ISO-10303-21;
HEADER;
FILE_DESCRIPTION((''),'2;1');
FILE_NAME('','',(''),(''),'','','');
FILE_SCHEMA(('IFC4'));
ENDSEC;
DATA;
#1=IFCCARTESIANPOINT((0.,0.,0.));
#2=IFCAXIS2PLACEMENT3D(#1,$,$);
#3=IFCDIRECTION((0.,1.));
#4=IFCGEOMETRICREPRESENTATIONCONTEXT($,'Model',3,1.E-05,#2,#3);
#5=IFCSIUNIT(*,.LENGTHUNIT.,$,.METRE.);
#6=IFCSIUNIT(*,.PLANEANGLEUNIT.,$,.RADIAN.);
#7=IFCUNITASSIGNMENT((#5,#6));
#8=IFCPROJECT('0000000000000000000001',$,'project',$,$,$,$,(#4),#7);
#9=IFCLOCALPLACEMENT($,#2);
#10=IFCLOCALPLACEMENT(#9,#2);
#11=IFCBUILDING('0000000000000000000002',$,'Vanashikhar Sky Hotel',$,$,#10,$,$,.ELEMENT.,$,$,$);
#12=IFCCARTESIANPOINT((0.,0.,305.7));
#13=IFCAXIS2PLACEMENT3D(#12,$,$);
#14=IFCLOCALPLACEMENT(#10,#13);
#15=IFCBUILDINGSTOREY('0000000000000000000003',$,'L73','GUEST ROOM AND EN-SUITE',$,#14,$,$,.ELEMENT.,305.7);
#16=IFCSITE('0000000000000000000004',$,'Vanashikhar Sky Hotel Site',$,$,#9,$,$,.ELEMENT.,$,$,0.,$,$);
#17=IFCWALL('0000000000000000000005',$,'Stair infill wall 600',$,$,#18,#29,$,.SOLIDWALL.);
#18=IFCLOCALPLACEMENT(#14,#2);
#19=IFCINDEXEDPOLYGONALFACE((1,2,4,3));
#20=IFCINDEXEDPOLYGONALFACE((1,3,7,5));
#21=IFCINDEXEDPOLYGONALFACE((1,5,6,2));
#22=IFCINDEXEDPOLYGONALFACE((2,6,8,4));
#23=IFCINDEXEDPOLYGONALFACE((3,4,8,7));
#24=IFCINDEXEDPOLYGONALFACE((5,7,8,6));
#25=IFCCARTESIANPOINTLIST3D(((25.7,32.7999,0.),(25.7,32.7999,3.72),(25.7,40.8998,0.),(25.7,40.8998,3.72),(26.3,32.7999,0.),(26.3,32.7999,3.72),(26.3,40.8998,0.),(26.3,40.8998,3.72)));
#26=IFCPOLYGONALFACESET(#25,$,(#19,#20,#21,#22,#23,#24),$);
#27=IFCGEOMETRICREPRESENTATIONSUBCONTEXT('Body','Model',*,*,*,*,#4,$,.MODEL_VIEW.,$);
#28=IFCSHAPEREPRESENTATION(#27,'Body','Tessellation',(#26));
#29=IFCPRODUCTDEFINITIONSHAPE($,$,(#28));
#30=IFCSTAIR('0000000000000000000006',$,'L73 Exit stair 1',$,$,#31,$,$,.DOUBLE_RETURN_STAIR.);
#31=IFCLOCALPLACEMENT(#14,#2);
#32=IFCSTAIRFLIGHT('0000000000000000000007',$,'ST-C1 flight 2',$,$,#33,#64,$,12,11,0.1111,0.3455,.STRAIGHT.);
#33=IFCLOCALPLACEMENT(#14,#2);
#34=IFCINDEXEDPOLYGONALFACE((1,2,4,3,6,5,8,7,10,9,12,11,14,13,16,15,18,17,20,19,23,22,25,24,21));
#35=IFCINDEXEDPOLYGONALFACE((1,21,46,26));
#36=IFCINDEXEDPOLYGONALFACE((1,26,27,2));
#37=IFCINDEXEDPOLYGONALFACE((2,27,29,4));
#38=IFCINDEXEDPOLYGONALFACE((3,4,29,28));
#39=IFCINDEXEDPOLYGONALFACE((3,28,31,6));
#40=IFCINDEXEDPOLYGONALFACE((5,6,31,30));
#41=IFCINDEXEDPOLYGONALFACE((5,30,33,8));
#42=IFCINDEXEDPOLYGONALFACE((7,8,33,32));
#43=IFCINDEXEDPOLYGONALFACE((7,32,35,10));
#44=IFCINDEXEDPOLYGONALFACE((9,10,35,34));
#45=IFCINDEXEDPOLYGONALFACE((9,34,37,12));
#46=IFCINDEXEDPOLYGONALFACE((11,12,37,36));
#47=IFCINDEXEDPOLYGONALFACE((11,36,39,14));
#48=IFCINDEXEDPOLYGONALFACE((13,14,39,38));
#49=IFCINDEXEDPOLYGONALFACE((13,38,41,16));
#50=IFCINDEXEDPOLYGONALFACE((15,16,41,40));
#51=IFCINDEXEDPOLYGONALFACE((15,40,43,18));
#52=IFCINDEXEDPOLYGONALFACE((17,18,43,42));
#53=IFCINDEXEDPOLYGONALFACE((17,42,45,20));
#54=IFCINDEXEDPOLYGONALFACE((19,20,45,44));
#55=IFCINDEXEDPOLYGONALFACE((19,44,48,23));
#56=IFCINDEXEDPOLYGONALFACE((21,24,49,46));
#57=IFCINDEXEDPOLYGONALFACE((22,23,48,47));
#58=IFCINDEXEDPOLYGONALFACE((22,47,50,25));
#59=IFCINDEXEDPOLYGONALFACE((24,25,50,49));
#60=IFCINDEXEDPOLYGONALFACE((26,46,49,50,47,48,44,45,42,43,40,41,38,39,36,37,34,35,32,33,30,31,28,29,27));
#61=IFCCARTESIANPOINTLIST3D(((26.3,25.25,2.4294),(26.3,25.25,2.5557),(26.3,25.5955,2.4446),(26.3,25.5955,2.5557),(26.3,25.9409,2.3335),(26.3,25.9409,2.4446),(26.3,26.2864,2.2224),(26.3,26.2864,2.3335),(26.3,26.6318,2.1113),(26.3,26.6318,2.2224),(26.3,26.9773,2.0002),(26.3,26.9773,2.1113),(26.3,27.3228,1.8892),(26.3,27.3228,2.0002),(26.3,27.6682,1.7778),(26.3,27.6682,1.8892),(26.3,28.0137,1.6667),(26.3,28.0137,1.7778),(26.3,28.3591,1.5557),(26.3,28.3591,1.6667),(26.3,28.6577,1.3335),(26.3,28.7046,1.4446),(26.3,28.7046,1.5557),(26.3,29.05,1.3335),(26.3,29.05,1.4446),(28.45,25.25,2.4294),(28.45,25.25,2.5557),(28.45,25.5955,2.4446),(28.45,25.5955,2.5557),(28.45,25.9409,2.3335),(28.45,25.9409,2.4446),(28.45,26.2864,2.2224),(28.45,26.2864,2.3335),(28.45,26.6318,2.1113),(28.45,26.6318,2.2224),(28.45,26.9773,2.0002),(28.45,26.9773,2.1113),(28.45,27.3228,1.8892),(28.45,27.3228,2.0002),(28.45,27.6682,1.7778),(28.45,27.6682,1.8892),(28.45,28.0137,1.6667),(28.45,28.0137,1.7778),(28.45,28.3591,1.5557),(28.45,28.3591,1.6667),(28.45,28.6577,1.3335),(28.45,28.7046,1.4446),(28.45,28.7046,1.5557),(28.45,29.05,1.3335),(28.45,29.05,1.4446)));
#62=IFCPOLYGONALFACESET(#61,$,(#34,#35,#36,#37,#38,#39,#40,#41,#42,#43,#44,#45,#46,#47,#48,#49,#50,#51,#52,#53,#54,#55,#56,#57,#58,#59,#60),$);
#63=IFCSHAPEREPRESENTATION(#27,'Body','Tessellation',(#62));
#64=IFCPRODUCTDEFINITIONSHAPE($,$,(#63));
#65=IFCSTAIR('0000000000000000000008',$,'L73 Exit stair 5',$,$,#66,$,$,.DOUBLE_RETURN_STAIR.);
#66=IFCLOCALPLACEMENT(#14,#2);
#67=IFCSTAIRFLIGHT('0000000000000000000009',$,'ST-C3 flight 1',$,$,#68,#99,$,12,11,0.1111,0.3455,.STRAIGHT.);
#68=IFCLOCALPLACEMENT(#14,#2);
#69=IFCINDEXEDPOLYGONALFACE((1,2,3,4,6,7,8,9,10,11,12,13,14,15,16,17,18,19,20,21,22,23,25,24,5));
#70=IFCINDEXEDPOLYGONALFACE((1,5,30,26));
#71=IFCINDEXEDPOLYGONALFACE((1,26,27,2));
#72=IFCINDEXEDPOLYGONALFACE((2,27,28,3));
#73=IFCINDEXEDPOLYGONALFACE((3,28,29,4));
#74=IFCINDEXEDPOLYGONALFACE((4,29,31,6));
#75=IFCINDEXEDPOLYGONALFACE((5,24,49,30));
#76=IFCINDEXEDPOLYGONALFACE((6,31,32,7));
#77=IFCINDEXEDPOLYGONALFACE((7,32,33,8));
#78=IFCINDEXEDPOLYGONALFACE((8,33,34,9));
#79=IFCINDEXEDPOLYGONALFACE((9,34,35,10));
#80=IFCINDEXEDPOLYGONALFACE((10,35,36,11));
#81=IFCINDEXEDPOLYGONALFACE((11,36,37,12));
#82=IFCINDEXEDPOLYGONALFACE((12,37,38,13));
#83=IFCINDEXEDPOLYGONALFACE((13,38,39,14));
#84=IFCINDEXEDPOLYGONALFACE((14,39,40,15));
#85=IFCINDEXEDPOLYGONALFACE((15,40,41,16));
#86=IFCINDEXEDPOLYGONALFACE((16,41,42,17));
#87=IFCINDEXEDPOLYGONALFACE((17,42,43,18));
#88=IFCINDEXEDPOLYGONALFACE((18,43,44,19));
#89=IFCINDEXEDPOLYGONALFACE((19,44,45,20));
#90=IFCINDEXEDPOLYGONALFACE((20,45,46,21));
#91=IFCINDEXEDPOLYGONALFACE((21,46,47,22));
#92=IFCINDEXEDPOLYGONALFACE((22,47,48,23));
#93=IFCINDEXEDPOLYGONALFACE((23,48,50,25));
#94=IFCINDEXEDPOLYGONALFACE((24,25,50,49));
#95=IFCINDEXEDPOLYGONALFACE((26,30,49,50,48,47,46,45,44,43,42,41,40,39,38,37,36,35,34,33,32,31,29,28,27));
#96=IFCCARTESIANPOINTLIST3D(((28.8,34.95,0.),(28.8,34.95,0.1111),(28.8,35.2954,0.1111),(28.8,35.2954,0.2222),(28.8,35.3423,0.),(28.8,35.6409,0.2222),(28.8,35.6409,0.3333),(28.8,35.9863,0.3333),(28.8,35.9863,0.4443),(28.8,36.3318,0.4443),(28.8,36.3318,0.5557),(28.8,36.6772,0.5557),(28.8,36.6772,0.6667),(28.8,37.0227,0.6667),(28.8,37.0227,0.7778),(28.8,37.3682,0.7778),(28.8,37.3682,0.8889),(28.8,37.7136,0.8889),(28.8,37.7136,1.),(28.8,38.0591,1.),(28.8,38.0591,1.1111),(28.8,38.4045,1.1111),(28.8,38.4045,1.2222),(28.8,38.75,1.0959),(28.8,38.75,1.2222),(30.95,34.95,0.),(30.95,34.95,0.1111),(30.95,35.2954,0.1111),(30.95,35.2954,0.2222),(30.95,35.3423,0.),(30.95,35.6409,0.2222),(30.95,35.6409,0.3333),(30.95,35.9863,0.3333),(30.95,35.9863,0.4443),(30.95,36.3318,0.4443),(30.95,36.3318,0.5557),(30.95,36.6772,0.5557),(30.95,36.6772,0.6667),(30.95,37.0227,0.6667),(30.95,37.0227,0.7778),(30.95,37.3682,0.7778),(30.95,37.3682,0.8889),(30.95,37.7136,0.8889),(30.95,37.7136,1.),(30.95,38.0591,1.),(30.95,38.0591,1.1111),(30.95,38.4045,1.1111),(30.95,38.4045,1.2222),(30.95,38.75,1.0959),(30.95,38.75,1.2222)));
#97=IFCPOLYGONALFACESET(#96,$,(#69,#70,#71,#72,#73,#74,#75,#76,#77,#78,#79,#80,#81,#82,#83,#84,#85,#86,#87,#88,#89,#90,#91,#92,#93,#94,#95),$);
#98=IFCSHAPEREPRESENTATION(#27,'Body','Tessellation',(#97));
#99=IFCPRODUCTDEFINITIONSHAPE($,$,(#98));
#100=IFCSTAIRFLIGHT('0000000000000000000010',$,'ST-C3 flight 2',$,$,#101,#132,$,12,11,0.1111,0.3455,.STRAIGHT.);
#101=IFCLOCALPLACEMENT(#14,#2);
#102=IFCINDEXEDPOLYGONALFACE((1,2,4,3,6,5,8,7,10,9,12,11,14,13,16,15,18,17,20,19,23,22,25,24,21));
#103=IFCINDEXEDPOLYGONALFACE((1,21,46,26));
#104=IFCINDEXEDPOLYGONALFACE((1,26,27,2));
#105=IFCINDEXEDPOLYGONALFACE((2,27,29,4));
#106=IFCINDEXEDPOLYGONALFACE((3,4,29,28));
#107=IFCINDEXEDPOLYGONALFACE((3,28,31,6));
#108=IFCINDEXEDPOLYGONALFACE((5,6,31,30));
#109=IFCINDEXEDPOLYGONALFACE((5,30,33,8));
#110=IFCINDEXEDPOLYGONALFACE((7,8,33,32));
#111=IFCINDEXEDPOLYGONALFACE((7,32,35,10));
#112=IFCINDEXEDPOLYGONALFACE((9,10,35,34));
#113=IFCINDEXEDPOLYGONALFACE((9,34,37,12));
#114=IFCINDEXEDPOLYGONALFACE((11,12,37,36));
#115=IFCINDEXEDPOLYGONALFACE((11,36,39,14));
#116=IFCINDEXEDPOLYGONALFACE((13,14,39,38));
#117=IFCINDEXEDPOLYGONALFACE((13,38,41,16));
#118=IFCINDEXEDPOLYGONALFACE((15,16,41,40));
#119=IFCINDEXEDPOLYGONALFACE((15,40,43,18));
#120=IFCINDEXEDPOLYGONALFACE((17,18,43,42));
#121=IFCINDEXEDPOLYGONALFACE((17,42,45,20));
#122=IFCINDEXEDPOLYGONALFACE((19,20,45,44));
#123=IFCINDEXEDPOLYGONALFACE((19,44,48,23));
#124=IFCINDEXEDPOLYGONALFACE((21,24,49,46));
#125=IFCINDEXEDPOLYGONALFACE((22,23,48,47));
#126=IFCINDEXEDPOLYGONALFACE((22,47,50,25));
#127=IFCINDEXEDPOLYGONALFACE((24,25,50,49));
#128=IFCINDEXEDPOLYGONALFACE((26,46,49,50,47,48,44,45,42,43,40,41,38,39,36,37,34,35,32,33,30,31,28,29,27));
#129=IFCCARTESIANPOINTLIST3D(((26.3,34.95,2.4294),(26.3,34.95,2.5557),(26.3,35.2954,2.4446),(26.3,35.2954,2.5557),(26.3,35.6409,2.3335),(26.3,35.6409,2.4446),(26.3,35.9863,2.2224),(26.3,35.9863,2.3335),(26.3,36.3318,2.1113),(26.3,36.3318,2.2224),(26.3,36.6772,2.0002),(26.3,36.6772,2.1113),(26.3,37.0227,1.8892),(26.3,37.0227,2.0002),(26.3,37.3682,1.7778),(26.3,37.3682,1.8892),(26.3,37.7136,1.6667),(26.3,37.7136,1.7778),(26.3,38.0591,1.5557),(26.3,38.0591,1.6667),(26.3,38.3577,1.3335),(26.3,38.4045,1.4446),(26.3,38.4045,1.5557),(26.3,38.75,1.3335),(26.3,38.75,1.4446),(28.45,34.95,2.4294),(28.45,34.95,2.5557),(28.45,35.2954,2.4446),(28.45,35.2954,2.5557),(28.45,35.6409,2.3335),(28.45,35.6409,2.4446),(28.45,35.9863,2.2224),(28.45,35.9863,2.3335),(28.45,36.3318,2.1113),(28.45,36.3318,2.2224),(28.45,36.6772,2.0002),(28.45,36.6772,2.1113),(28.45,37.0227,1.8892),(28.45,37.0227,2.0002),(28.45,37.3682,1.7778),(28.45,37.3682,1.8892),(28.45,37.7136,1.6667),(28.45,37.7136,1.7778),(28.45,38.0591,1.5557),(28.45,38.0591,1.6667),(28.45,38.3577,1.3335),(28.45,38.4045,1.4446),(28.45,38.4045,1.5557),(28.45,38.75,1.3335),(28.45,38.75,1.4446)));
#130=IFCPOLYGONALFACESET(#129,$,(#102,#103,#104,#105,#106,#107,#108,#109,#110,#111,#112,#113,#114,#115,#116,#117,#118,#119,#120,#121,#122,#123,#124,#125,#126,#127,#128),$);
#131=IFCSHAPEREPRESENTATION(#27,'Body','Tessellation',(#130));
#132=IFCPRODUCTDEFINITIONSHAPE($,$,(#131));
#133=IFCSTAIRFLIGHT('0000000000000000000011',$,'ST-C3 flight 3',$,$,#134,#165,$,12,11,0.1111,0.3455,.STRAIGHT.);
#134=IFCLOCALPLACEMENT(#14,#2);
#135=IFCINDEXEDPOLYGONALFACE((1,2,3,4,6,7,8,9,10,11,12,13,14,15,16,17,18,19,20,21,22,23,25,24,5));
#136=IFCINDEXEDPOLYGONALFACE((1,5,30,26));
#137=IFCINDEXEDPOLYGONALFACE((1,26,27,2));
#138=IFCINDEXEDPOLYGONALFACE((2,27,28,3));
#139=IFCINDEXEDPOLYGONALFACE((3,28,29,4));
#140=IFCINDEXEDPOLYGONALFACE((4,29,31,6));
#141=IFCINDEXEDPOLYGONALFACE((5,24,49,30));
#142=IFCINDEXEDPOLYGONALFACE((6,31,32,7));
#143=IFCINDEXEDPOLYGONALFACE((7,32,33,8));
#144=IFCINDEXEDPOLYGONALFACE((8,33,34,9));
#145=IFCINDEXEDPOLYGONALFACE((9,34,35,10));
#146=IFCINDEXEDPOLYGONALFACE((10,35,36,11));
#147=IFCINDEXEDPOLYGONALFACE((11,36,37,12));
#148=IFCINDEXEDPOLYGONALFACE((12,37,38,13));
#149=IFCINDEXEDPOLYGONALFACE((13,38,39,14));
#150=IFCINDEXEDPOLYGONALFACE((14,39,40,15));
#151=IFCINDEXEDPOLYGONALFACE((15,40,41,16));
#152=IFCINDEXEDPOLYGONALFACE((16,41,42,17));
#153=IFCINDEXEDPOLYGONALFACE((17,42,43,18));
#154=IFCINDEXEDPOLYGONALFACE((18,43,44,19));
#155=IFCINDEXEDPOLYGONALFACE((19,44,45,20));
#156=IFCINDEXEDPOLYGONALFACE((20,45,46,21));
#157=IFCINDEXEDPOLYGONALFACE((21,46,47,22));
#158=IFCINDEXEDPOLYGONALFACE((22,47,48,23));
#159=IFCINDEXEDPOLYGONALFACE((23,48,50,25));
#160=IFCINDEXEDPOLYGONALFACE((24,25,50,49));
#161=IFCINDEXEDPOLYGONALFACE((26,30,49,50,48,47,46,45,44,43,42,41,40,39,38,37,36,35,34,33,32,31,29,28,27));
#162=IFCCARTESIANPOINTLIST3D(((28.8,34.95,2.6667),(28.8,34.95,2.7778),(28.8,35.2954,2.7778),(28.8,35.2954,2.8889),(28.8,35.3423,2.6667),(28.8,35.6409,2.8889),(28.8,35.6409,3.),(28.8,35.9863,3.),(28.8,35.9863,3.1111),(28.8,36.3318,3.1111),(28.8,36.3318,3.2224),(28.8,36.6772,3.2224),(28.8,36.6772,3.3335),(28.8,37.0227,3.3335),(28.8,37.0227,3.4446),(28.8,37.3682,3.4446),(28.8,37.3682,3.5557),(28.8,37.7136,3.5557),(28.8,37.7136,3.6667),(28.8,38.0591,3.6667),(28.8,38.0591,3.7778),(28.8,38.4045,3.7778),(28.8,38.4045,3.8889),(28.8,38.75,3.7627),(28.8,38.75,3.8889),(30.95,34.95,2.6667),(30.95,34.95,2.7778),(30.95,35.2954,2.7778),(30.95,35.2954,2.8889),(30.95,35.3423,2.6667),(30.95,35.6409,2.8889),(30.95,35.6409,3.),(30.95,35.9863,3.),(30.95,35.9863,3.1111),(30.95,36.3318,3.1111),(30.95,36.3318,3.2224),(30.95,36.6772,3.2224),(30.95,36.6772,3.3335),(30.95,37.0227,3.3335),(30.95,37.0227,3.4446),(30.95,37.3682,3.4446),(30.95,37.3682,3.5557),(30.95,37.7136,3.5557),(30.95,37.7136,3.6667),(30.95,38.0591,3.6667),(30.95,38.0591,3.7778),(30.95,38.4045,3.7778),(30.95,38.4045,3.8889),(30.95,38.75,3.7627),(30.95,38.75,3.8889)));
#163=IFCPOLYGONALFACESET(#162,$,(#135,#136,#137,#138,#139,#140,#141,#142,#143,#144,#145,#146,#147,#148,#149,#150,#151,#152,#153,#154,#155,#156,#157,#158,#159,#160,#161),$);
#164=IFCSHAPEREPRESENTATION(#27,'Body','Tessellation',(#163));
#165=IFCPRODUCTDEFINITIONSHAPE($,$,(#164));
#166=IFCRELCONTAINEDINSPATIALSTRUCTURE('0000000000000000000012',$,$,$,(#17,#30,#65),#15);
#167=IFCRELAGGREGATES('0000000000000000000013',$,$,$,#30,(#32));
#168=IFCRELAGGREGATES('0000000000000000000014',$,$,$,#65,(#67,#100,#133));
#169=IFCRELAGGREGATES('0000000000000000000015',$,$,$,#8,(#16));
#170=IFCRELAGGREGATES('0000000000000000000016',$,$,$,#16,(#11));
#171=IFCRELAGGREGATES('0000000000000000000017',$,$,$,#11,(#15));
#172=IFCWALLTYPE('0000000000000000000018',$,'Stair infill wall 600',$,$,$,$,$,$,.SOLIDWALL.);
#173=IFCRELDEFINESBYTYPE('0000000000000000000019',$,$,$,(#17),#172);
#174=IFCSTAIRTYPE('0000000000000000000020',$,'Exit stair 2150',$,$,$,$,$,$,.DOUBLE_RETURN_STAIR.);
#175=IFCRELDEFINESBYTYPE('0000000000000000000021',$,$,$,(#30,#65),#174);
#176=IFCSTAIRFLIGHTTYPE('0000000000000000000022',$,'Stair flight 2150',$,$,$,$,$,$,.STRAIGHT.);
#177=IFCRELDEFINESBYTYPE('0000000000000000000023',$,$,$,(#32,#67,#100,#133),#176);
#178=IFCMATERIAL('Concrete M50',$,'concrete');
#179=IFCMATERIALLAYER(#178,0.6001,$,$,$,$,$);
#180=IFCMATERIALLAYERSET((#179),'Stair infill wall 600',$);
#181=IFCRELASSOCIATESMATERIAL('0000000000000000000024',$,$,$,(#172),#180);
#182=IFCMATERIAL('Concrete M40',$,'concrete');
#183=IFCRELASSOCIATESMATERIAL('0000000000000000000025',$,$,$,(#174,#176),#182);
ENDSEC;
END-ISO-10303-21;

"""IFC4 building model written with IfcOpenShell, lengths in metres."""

from ifc_helpers import new_model, si_unit, direction, frame, frame_2d, origin, place, context, subcontext, project, spatial, polyline, rectangle, outline, extrude, source, transform, mapped, material, layer, layer_set, type_object, element, aggregate, save


model = new_model("IFC4")

# Units and contexts
model_context = context("Model", 3, precision=1e-05, world=origin(), true_north=direction((0.0, 1.0)))
body_context = subcontext(model_context, "Body", "Model", "MODEL_VIEW")
ifc_project = project(units=[si_unit("LENGTHUNIT", "METRE"), si_unit("PLANEANGLEUNIT", "RADIAN")], contexts=[model_context])

# Site, building, storey
site_placement = place(None, origin())
site = spatial("IfcSite", under=ifc_project, at=site_placement, Name="Vanashikhar Sky Hotel Site", CompositionType="ELEMENT", RefElevation=0.0)
building_placement = place(site_placement, origin())
building = spatial("IfcBuilding", under=site, at=building_placement, Name="Vanashikhar Sky Hotel", CompositionType="ELEMENT")
storey_placement = place(building_placement, frame((0.0, 0.0, 305.7)))
storey = spatial("IfcBuildingStorey", under=building, at=storey_placement, Name="L73", Description="GUEST ROOM AND EN-SUITE", CompositionType="ELEMENT", Elevation=305.7)

# Shared definitions
ifc_material_1 = material(Name="Concrete M50", Category="concrete")

# Shared definitions
ifc_material_2 = material(Name="Concrete M40", Category="concrete")

# Wall
ifc_layer_1 = layer(ifc_material_1, 0.6001)
ifc_layer_set_1 = layer_set([ifc_layer_1], Name="Stair infill wall 600")
wall_type_1 = type_object("IfcWallType", Name="Stair infill wall 600", PredefinedType="SOLIDWALL", material=ifc_layer_set_1)
shared_shape_1 = source(origin(), body_context, "Body", "SweptSolid", [
    extrude(rectangle(XDim=8.0999, YDim=0.6001, at=frame_2d((4.0498, 0.0))), origin(), (0.0, 0.0, 1.0), 3.72),
])
wall_1_placement = place(storey_placement, frame((26.0, 32.8, 0.0), z_axis=(0.0, 0.0, 1.0), x_axis=(0.0, 1.0, 0.0)))
element("IfcWall", 1, at=wall_1_placement, inside=storey, type_object=wall_type_1, Name="Stair infill wall 600", PredefinedType="SOLIDWALL", context=body_context, shape_type="MappedRepresentation", body=[
    mapped(shared_shape_1, transform((0.0, 0.0, 0.0), scale=1.0)),
])

# Stair, stair flight
stair_type = type_object("IfcStairType", Name="Exit stair 2150", PredefinedType="DOUBLE_RETURN_STAIR", material=ifc_material_2)
stair_1_placement = place(storey_placement, origin())
stair_1 = element("IfcStair", 2, at=stair_1_placement, inside=storey, type_object=stair_type, Name="L73 Exit stair 1", PredefinedType="DOUBLE_RETURN_STAIR")
stair_flight_type = type_object("IfcStairFlightType", Name="Stair flight 2150", PredefinedType="STRAIGHT", material=ifc_material_2)
shared_shape_2 = source(origin(), body_context, "Body", "SweptSolid", [
    extrude(outline(polyline([(0.0, 0.0), (0.0, 0.1111), (0.3455, 0.1111), (0.3455, 0.2222), (0.6909, 0.2222), (0.6909, 0.3333), (1.0364, 0.3333), (1.0364, 0.4443), (1.3818, 0.4443), (1.3818, 0.5557), (1.7273, 0.5557), (1.7273, 0.6667), (2.0728, 0.6667), (2.0728, 0.7778), (2.4182, 0.7778), (2.4182, 0.8889), (2.7637, 0.8889), (2.7637, 1.0), (3.1091, 1.0), (3.1091, 1.1111), (3.4546, 1.1111), (3.4546, 1.2222), (3.8, 1.2222), (3.8, 1.3333), (3.8, 1.0959), (0.3923, 0.0), (0.0, 0.0)])), frame((0.0, 1.075, 0.0), z_axis=(0.0, -1.0, 0.0), x_axis=(1.0, 0.0, 0.0)), (0.0, 0.0, 1.0), 2.1499),
])
stair_flight_1_placement = place(storey_placement, frame((27.375, 29.05, 1.3335), z_axis=(0.0, 0.0, 1.0), x_axis=(0.0, -1.0, 0.0)))
stair_flight_1 = element("IfcStairFlight", 3, at=stair_flight_1_placement, type_object=stair_flight_type, Name="ST-C1 flight 2", NumberOfRisers=12, NumberOfTreads=11, PredefinedType="STRAIGHT", RiserHeight=0.1111, TreadLength=0.3455, context=body_context, shape_type="MappedRepresentation", body=[
    mapped(shared_shape_2, transform((0.0, 0.0, 0.0), scale=1.0)),
])
aggregate(stair_1, [stair_flight_1])

# Stair, stair flights
stair_2_placement = place(storey_placement, origin())
stair_2 = element("IfcStair", 4, at=stair_2_placement, inside=storey, type_object=stair_type, Name="L73 Exit stair 5", PredefinedType="DOUBLE_RETURN_STAIR")
stair_flight_2_placement = place(storey_placement, frame((29.875, 34.95, 0.0), z_axis=(0.0, 0.0, 1.0), x_axis=(0.0, 1.0, 0.0)))
stair_flight_2 = element("IfcStairFlight", 5, at=stair_flight_2_placement, type_object=stair_flight_type, Name="ST-C3 flight 1", NumberOfRisers=12, NumberOfTreads=11, PredefinedType="STRAIGHT", RiserHeight=0.1111, TreadLength=0.3455, context=body_context, shape_type="MappedRepresentation", body=[
    mapped(shared_shape_2, transform((0.0, 0.0, 0.0), scale=1.0)),
])
stair_flight_3_placement = place(storey_placement, frame((27.375, 38.75, 1.3335), z_axis=(0.0, 0.0, 1.0), x_axis=(0.0, -1.0, 0.0)))
stair_flight_3 = element("IfcStairFlight", 6, at=stair_flight_3_placement, type_object=stair_flight_type, Name="ST-C3 flight 2", NumberOfRisers=12, NumberOfTreads=11, PredefinedType="STRAIGHT", RiserHeight=0.1111, TreadLength=0.3455, context=body_context, shape_type="MappedRepresentation", body=[
    mapped(shared_shape_2, transform((0.0, 0.0, 0.0), scale=1.0)),
])
stair_flight_4_placement = place(storey_placement, frame((29.875, 34.95, 2.6667), z_axis=(0.0, 0.0, 1.0), x_axis=(0.0, 1.0, 0.0)))
stair_flight_4 = element("IfcStairFlight", 7, at=stair_flight_4_placement, type_object=stair_flight_type, Name="ST-C3 flight 3", NumberOfRisers=12, NumberOfTreads=11, PredefinedType="STRAIGHT", RiserHeight=0.1111, TreadLength=0.3455, context=body_context, shape_type="MappedRepresentation", body=[
    mapped(shared_shape_2, transform((0.0, 0.0, 0.0), scale=1.0)),
])
aggregate(stair_2, [stair_flight_2, stair_flight_3, stair_flight_4])

save(model, "model.ifc")
